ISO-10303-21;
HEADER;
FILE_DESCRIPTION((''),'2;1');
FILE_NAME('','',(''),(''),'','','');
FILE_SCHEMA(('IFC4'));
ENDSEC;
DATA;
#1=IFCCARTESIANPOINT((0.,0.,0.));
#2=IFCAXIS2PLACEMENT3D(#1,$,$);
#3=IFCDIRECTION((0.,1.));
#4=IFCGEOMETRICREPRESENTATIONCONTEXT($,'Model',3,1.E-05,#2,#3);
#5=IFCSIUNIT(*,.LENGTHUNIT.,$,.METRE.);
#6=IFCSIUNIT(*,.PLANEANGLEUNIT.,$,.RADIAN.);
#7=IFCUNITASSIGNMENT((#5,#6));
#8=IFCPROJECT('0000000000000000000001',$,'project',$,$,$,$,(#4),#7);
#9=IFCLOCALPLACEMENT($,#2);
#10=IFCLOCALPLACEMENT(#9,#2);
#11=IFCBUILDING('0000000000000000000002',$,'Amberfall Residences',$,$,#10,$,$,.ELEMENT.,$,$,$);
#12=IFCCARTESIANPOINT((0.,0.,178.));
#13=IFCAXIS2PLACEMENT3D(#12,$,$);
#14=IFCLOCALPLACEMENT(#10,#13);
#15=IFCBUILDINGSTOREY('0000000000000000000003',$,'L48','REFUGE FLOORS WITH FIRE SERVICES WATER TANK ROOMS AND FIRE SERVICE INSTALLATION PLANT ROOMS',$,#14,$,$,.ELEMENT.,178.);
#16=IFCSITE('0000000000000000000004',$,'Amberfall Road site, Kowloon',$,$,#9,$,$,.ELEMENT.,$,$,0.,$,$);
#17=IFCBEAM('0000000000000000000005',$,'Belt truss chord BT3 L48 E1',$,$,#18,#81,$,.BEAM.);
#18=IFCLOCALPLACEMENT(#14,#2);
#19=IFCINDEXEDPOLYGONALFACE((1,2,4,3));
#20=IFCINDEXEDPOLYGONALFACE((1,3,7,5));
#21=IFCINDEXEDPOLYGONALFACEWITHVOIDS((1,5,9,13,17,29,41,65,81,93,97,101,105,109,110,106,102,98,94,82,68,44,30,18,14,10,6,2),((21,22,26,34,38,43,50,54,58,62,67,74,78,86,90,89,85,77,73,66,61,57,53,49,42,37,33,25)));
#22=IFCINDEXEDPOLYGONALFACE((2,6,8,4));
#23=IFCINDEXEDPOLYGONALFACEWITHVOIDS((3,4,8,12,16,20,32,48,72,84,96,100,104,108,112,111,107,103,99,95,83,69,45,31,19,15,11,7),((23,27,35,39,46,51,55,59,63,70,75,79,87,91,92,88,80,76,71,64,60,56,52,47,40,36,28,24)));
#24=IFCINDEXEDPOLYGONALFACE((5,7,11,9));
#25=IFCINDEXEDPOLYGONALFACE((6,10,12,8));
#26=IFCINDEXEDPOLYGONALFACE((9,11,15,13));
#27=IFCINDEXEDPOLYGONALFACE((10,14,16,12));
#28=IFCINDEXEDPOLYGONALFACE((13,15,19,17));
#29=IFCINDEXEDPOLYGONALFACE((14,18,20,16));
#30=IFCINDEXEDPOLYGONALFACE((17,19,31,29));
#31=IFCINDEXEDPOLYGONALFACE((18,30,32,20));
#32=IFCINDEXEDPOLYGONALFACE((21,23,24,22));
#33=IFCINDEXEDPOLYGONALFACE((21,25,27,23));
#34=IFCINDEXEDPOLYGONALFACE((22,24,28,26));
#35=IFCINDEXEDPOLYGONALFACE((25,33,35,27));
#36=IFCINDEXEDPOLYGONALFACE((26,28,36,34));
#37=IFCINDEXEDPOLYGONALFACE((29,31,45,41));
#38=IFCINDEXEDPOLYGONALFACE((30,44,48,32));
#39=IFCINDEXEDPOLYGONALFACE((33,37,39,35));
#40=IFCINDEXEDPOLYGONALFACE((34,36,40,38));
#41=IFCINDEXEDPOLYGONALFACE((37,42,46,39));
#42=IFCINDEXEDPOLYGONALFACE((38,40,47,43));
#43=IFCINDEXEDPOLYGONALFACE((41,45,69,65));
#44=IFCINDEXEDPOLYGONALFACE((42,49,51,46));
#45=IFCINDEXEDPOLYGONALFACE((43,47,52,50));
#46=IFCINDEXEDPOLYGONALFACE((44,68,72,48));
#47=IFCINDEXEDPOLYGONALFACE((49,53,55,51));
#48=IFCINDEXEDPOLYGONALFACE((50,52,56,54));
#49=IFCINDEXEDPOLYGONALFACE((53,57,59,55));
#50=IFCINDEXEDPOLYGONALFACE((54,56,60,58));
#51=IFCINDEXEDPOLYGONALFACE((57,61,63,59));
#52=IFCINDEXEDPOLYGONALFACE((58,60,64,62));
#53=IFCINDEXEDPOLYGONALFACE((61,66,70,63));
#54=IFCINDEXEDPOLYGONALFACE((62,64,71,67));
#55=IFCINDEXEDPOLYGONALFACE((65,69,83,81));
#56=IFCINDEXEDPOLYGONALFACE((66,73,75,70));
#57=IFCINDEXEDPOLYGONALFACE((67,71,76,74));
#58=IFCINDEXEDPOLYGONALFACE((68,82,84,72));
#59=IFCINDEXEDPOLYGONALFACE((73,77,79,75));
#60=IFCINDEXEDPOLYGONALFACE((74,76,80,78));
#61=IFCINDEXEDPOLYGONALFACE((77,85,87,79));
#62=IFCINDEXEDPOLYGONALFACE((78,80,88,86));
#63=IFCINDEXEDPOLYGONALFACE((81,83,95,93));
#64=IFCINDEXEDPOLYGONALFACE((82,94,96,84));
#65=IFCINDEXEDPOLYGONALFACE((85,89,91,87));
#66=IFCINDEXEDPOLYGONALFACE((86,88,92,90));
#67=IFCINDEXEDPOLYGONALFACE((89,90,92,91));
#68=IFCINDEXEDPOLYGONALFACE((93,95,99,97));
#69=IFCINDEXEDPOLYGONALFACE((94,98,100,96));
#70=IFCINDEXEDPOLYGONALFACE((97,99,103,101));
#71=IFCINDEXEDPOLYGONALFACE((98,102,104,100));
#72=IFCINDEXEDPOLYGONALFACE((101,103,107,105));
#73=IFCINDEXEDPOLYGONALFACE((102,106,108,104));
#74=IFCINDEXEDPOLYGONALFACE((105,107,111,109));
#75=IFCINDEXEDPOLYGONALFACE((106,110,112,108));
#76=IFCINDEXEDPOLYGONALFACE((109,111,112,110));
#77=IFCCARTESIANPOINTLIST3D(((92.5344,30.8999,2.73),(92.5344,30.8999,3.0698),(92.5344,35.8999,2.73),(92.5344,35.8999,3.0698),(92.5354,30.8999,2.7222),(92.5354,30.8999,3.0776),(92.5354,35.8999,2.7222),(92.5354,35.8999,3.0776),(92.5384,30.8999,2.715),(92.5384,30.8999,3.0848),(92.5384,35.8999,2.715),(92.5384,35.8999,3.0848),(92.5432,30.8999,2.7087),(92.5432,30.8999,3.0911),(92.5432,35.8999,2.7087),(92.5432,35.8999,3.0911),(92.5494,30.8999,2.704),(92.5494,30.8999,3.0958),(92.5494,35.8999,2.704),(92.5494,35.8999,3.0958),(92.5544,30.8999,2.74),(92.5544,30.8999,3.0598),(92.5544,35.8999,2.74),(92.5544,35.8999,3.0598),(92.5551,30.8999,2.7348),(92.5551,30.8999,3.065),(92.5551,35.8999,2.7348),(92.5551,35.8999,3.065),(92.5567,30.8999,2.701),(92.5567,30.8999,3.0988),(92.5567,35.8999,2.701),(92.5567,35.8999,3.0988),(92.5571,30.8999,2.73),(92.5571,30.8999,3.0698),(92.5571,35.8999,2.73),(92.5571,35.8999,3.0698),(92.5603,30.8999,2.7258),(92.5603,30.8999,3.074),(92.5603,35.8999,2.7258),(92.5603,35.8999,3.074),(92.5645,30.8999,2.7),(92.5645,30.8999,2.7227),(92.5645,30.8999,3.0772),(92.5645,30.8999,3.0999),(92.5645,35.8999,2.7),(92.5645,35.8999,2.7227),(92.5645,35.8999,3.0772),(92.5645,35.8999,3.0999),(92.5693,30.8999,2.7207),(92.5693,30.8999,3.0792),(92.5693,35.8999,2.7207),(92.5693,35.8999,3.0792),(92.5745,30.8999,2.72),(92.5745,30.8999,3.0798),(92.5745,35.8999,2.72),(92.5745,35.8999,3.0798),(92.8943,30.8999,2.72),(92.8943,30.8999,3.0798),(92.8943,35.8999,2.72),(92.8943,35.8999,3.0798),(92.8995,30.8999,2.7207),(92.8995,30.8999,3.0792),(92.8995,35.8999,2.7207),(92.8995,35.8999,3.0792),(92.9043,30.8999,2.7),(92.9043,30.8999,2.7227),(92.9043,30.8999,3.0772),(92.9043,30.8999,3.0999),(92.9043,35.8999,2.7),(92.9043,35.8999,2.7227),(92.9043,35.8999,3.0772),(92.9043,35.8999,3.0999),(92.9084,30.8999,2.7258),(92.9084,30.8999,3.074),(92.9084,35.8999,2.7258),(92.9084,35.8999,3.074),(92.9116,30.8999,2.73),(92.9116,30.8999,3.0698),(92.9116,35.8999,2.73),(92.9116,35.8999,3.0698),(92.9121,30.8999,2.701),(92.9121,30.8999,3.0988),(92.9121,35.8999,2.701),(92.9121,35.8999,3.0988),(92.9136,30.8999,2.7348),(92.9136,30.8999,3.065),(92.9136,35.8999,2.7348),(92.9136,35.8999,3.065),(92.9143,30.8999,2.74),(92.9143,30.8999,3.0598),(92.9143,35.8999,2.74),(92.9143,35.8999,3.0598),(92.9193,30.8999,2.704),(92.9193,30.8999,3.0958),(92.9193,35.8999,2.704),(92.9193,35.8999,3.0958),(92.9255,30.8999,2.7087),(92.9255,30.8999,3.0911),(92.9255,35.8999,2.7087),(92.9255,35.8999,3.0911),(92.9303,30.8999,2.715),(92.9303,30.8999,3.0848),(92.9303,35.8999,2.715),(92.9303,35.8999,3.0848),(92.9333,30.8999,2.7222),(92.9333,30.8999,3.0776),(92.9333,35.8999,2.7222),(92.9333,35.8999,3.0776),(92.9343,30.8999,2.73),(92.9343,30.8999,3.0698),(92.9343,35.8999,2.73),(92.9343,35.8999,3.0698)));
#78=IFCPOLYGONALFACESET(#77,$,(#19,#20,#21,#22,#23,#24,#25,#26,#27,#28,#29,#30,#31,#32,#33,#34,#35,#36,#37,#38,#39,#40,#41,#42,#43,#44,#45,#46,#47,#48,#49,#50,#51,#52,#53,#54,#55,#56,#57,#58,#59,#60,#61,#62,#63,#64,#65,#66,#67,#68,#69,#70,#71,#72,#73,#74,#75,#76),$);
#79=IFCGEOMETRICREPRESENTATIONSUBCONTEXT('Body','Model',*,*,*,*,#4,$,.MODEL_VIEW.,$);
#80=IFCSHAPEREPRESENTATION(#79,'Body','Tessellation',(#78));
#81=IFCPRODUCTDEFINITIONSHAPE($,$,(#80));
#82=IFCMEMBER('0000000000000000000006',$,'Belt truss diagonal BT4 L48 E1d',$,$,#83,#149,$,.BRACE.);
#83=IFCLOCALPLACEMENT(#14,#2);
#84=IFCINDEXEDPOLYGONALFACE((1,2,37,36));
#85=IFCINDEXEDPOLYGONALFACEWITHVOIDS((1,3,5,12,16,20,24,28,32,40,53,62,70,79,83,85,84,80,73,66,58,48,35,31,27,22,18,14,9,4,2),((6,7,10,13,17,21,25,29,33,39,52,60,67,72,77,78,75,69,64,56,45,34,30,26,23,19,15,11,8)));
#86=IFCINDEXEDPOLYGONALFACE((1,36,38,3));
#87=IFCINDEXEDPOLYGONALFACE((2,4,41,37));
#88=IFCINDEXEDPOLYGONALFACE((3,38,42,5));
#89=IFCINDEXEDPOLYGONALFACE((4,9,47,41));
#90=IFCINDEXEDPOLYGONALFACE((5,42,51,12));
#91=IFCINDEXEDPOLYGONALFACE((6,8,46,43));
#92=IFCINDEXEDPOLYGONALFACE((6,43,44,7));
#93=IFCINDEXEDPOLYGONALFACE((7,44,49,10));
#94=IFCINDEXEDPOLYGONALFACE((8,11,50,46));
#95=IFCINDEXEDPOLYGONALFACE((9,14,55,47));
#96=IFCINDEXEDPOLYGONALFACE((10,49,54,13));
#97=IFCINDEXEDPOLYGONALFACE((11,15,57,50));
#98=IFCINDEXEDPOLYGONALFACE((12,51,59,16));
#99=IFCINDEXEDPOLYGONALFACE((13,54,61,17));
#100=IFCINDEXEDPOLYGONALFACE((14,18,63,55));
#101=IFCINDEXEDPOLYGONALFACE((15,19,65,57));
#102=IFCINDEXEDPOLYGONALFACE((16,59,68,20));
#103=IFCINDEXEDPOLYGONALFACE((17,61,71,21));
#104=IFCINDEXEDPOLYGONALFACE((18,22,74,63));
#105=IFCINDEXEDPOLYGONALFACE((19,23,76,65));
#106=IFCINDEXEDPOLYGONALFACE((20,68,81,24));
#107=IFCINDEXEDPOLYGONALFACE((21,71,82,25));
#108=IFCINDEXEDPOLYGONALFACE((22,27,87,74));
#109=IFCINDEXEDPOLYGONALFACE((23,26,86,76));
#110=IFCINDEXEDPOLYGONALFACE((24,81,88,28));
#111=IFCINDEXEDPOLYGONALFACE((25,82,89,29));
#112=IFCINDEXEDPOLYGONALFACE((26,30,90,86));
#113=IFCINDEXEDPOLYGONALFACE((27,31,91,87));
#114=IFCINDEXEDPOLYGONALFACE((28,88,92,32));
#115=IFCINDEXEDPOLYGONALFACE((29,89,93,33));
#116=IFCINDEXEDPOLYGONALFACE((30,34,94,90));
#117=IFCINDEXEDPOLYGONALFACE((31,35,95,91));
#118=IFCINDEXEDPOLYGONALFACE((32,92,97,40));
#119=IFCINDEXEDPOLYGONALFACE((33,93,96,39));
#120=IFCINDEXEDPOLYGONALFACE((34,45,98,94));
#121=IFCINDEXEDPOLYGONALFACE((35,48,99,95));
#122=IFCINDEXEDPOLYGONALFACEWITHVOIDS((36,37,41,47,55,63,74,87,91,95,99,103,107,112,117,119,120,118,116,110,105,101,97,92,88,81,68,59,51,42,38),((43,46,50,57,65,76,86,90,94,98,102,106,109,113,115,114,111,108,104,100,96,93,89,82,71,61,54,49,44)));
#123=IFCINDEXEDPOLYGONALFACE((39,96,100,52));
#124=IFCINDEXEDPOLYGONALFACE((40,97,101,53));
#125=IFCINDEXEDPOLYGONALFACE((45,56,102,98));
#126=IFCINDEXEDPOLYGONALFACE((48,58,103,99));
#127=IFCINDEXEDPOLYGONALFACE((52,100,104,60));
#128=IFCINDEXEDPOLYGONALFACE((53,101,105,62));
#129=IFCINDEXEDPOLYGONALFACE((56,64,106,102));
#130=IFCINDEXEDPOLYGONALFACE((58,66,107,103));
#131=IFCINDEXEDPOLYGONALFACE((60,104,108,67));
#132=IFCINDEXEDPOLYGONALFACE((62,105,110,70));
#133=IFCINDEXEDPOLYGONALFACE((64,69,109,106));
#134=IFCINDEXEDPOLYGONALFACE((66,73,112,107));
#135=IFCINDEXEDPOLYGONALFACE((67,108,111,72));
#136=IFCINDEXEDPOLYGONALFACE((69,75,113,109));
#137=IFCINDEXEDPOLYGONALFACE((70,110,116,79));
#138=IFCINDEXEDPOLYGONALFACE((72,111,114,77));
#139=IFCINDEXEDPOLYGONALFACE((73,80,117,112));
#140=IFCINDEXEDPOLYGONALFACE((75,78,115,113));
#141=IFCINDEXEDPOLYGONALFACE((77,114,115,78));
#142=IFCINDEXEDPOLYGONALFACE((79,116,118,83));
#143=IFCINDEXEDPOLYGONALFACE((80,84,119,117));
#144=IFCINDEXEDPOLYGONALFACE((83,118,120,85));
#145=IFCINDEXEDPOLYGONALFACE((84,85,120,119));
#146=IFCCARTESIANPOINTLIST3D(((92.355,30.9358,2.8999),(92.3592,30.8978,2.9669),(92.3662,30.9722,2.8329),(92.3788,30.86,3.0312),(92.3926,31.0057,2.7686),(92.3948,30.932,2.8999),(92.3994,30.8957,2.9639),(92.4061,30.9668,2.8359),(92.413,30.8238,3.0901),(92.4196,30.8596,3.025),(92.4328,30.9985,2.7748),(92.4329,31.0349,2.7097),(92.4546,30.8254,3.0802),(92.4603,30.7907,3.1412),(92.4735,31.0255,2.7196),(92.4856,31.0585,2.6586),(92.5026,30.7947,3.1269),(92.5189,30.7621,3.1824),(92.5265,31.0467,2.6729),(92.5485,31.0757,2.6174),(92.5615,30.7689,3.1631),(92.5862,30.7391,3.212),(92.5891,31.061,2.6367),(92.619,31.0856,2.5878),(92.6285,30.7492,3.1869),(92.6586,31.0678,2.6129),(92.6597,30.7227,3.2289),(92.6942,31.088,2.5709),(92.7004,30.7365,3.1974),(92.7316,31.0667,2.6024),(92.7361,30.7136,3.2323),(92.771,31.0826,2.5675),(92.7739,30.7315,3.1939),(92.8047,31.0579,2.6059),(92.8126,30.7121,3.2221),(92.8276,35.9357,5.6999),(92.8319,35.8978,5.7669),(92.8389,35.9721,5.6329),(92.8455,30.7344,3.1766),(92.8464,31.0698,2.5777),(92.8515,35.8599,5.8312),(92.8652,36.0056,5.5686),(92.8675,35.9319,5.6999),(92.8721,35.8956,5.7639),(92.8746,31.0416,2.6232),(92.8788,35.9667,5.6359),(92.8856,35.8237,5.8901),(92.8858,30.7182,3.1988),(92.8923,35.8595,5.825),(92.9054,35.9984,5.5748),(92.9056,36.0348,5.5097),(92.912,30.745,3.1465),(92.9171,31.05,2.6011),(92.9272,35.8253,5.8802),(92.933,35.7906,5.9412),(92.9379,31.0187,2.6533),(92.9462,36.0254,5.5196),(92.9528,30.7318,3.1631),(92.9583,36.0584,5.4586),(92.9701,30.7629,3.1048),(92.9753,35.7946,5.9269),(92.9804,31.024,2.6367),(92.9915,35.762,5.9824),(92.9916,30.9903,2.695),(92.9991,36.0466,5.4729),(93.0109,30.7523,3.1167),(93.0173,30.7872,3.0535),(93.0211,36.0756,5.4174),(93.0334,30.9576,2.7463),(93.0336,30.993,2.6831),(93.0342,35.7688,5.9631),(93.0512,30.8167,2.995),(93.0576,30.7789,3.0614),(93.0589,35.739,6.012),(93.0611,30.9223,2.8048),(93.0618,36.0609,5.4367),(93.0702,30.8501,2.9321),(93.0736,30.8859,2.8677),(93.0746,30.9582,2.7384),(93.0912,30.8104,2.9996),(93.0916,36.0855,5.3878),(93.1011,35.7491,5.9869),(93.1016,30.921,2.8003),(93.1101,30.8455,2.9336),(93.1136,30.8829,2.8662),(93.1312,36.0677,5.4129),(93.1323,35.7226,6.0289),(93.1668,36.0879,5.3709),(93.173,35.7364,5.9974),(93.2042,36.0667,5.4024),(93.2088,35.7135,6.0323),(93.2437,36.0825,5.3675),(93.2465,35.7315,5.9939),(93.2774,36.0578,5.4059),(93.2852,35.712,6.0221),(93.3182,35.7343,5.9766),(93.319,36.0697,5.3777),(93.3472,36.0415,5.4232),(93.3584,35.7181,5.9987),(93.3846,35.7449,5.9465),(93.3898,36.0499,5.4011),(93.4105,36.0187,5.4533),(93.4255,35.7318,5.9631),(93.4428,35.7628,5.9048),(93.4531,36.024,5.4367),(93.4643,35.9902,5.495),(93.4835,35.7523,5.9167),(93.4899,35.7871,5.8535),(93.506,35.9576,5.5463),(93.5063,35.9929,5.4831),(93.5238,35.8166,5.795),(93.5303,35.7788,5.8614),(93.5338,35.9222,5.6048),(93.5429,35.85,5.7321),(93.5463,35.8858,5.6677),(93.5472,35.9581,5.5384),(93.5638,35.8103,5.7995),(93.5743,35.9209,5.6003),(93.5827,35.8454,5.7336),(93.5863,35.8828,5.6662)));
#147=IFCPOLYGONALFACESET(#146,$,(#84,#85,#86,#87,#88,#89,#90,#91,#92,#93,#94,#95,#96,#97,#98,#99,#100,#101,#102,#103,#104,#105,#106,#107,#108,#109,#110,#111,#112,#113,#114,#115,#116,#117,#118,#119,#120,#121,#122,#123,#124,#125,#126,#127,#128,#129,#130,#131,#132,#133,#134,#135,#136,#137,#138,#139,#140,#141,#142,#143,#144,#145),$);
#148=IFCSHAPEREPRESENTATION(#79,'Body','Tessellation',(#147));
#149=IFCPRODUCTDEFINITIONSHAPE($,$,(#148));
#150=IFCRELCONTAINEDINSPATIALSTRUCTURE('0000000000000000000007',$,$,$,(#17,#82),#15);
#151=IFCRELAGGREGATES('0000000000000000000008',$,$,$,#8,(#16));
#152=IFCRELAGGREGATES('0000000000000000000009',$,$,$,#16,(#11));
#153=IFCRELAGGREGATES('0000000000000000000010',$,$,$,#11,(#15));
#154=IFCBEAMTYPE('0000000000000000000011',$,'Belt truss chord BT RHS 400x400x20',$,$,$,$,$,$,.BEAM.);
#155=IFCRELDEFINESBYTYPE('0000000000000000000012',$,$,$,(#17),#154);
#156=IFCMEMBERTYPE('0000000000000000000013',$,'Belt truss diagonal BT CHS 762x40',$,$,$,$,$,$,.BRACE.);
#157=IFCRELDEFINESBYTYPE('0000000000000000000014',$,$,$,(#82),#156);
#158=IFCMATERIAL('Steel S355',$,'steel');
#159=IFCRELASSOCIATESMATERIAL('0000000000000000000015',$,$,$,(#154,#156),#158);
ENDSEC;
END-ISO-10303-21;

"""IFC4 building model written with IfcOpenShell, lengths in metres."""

from ifc_helpers import new_model, si_unit, direction, frame, origin, origin_2d, place, context, subcontext, project, spatial, hollow_rectangle, hollow_circle, extrude, material, material_profile, profile_set, type_object, element, save


model = new_model("IFC4")

# Units and contexts
model_context = context("Model", 3, precision=1e-05, world=origin(), true_north=direction((0.0, 1.0)))
body_context = subcontext(model_context, "Body", "Model", "MODEL_VIEW")
ifc_project = project(units=[si_unit("LENGTHUNIT", "METRE"), si_unit("PLANEANGLEUNIT", "RADIAN")], contexts=[model_context])

# Site, building, storey
site_placement = place(None, origin())
site = spatial("IfcSite", under=ifc_project, at=site_placement, Name="Amberfall Road site, Kowloon", CompositionType="ELEMENT", RefElevation=0.0)
building_placement = place(site_placement, origin())
building = spatial("IfcBuilding", under=site, at=building_placement, Name="Amberfall Residences", CompositionType="ELEMENT")
storey_placement = place(building_placement, frame((0.0, 0.0, 178.0)))
storey = spatial("IfcBuildingStorey", under=building, at=storey_placement, Name="L48", Description="REFUGE FLOORS WITH FIRE SERVICES WATER TANK ROOMS AND FIRE SERVICE INSTALLATION PLANT ROOMS", CompositionType="ELEMENT", Elevation=178.0)

# Beam
ifc_material_1 = material(Name="Steel S355", Category="steel")
ifc_material_profile_1 = material_profile(ifc_material_1, hollow_rectangle(XDim=0.3999, YDim=0.3999, WallThickness=0.02, InnerFilletRadius=0.02, OuterFilletRadius=0.03, at=origin_2d()), Name="RHS 400x400x20")
ifc_profile_set_1 = profile_set([ifc_material_profile_1], Name="Steel S355")
beam_type_1 = type_object("IfcBeamType", Name="Belt truss chord BT RHS 400x400x20", PredefinedType="BEAM", material=ifc_profile_set_1)
beam_1_placement = place(storey_placement, frame((92.7344, 30.8999, 2.8999), z_axis=(0.0, 1.0, 0.0), x_axis=(-1.0, 0.0, 0.0)))
element("IfcBeam", 1, at=beam_1_placement, inside=storey, type_object=beam_type_1, Name="Belt truss chord BT3 L48 E1", PredefinedType="BEAM", context=body_context, shape_type="SweptSolid", body=[
    extrude(hollow_rectangle(XDim=0.3999, YDim=0.3999, WallThickness=0.02, InnerFilletRadius=0.02, OuterFilletRadius=0.03, at=origin_2d()), origin(), (0.0, 0.0, 1.0), 5.0),
])

# Member
ifc_material_profile_2 = material_profile(ifc_material_1, hollow_circle(Radius=0.3811, WallThickness=0.04, at=origin_2d()), Name="CHS 762x40")
ifc_profile_set_2 = profile_set([ifc_material_profile_2], Name="Steel S355")
member_type_1 = type_object("IfcMemberType", Name="Belt truss diagonal BT CHS 762x40", PredefinedType="BRACE", material=ifc_profile_set_2)
member_1_placement = place(storey_placement, frame((92.7344, 30.8999, 2.8999), z_axis=(0.0822, 0.86955, 0.486956), x_axis=(-0.995562, 0.094112, 0.0)))
element("IfcMember", 2, at=member_1_placement, inside=storey, type_object=member_type_1, Name="Belt truss diagonal BT4 L48 E1d", PredefinedType="BRACE", context=body_context, shape_type="SweptSolid", body=[
    extrude(hollow_circle(Radius=0.3811, WallThickness=0.04, at=origin_2d()), origin(), (0.0, 0.0, 1.0), 5.75),
])

save(model, "model.ifc")
